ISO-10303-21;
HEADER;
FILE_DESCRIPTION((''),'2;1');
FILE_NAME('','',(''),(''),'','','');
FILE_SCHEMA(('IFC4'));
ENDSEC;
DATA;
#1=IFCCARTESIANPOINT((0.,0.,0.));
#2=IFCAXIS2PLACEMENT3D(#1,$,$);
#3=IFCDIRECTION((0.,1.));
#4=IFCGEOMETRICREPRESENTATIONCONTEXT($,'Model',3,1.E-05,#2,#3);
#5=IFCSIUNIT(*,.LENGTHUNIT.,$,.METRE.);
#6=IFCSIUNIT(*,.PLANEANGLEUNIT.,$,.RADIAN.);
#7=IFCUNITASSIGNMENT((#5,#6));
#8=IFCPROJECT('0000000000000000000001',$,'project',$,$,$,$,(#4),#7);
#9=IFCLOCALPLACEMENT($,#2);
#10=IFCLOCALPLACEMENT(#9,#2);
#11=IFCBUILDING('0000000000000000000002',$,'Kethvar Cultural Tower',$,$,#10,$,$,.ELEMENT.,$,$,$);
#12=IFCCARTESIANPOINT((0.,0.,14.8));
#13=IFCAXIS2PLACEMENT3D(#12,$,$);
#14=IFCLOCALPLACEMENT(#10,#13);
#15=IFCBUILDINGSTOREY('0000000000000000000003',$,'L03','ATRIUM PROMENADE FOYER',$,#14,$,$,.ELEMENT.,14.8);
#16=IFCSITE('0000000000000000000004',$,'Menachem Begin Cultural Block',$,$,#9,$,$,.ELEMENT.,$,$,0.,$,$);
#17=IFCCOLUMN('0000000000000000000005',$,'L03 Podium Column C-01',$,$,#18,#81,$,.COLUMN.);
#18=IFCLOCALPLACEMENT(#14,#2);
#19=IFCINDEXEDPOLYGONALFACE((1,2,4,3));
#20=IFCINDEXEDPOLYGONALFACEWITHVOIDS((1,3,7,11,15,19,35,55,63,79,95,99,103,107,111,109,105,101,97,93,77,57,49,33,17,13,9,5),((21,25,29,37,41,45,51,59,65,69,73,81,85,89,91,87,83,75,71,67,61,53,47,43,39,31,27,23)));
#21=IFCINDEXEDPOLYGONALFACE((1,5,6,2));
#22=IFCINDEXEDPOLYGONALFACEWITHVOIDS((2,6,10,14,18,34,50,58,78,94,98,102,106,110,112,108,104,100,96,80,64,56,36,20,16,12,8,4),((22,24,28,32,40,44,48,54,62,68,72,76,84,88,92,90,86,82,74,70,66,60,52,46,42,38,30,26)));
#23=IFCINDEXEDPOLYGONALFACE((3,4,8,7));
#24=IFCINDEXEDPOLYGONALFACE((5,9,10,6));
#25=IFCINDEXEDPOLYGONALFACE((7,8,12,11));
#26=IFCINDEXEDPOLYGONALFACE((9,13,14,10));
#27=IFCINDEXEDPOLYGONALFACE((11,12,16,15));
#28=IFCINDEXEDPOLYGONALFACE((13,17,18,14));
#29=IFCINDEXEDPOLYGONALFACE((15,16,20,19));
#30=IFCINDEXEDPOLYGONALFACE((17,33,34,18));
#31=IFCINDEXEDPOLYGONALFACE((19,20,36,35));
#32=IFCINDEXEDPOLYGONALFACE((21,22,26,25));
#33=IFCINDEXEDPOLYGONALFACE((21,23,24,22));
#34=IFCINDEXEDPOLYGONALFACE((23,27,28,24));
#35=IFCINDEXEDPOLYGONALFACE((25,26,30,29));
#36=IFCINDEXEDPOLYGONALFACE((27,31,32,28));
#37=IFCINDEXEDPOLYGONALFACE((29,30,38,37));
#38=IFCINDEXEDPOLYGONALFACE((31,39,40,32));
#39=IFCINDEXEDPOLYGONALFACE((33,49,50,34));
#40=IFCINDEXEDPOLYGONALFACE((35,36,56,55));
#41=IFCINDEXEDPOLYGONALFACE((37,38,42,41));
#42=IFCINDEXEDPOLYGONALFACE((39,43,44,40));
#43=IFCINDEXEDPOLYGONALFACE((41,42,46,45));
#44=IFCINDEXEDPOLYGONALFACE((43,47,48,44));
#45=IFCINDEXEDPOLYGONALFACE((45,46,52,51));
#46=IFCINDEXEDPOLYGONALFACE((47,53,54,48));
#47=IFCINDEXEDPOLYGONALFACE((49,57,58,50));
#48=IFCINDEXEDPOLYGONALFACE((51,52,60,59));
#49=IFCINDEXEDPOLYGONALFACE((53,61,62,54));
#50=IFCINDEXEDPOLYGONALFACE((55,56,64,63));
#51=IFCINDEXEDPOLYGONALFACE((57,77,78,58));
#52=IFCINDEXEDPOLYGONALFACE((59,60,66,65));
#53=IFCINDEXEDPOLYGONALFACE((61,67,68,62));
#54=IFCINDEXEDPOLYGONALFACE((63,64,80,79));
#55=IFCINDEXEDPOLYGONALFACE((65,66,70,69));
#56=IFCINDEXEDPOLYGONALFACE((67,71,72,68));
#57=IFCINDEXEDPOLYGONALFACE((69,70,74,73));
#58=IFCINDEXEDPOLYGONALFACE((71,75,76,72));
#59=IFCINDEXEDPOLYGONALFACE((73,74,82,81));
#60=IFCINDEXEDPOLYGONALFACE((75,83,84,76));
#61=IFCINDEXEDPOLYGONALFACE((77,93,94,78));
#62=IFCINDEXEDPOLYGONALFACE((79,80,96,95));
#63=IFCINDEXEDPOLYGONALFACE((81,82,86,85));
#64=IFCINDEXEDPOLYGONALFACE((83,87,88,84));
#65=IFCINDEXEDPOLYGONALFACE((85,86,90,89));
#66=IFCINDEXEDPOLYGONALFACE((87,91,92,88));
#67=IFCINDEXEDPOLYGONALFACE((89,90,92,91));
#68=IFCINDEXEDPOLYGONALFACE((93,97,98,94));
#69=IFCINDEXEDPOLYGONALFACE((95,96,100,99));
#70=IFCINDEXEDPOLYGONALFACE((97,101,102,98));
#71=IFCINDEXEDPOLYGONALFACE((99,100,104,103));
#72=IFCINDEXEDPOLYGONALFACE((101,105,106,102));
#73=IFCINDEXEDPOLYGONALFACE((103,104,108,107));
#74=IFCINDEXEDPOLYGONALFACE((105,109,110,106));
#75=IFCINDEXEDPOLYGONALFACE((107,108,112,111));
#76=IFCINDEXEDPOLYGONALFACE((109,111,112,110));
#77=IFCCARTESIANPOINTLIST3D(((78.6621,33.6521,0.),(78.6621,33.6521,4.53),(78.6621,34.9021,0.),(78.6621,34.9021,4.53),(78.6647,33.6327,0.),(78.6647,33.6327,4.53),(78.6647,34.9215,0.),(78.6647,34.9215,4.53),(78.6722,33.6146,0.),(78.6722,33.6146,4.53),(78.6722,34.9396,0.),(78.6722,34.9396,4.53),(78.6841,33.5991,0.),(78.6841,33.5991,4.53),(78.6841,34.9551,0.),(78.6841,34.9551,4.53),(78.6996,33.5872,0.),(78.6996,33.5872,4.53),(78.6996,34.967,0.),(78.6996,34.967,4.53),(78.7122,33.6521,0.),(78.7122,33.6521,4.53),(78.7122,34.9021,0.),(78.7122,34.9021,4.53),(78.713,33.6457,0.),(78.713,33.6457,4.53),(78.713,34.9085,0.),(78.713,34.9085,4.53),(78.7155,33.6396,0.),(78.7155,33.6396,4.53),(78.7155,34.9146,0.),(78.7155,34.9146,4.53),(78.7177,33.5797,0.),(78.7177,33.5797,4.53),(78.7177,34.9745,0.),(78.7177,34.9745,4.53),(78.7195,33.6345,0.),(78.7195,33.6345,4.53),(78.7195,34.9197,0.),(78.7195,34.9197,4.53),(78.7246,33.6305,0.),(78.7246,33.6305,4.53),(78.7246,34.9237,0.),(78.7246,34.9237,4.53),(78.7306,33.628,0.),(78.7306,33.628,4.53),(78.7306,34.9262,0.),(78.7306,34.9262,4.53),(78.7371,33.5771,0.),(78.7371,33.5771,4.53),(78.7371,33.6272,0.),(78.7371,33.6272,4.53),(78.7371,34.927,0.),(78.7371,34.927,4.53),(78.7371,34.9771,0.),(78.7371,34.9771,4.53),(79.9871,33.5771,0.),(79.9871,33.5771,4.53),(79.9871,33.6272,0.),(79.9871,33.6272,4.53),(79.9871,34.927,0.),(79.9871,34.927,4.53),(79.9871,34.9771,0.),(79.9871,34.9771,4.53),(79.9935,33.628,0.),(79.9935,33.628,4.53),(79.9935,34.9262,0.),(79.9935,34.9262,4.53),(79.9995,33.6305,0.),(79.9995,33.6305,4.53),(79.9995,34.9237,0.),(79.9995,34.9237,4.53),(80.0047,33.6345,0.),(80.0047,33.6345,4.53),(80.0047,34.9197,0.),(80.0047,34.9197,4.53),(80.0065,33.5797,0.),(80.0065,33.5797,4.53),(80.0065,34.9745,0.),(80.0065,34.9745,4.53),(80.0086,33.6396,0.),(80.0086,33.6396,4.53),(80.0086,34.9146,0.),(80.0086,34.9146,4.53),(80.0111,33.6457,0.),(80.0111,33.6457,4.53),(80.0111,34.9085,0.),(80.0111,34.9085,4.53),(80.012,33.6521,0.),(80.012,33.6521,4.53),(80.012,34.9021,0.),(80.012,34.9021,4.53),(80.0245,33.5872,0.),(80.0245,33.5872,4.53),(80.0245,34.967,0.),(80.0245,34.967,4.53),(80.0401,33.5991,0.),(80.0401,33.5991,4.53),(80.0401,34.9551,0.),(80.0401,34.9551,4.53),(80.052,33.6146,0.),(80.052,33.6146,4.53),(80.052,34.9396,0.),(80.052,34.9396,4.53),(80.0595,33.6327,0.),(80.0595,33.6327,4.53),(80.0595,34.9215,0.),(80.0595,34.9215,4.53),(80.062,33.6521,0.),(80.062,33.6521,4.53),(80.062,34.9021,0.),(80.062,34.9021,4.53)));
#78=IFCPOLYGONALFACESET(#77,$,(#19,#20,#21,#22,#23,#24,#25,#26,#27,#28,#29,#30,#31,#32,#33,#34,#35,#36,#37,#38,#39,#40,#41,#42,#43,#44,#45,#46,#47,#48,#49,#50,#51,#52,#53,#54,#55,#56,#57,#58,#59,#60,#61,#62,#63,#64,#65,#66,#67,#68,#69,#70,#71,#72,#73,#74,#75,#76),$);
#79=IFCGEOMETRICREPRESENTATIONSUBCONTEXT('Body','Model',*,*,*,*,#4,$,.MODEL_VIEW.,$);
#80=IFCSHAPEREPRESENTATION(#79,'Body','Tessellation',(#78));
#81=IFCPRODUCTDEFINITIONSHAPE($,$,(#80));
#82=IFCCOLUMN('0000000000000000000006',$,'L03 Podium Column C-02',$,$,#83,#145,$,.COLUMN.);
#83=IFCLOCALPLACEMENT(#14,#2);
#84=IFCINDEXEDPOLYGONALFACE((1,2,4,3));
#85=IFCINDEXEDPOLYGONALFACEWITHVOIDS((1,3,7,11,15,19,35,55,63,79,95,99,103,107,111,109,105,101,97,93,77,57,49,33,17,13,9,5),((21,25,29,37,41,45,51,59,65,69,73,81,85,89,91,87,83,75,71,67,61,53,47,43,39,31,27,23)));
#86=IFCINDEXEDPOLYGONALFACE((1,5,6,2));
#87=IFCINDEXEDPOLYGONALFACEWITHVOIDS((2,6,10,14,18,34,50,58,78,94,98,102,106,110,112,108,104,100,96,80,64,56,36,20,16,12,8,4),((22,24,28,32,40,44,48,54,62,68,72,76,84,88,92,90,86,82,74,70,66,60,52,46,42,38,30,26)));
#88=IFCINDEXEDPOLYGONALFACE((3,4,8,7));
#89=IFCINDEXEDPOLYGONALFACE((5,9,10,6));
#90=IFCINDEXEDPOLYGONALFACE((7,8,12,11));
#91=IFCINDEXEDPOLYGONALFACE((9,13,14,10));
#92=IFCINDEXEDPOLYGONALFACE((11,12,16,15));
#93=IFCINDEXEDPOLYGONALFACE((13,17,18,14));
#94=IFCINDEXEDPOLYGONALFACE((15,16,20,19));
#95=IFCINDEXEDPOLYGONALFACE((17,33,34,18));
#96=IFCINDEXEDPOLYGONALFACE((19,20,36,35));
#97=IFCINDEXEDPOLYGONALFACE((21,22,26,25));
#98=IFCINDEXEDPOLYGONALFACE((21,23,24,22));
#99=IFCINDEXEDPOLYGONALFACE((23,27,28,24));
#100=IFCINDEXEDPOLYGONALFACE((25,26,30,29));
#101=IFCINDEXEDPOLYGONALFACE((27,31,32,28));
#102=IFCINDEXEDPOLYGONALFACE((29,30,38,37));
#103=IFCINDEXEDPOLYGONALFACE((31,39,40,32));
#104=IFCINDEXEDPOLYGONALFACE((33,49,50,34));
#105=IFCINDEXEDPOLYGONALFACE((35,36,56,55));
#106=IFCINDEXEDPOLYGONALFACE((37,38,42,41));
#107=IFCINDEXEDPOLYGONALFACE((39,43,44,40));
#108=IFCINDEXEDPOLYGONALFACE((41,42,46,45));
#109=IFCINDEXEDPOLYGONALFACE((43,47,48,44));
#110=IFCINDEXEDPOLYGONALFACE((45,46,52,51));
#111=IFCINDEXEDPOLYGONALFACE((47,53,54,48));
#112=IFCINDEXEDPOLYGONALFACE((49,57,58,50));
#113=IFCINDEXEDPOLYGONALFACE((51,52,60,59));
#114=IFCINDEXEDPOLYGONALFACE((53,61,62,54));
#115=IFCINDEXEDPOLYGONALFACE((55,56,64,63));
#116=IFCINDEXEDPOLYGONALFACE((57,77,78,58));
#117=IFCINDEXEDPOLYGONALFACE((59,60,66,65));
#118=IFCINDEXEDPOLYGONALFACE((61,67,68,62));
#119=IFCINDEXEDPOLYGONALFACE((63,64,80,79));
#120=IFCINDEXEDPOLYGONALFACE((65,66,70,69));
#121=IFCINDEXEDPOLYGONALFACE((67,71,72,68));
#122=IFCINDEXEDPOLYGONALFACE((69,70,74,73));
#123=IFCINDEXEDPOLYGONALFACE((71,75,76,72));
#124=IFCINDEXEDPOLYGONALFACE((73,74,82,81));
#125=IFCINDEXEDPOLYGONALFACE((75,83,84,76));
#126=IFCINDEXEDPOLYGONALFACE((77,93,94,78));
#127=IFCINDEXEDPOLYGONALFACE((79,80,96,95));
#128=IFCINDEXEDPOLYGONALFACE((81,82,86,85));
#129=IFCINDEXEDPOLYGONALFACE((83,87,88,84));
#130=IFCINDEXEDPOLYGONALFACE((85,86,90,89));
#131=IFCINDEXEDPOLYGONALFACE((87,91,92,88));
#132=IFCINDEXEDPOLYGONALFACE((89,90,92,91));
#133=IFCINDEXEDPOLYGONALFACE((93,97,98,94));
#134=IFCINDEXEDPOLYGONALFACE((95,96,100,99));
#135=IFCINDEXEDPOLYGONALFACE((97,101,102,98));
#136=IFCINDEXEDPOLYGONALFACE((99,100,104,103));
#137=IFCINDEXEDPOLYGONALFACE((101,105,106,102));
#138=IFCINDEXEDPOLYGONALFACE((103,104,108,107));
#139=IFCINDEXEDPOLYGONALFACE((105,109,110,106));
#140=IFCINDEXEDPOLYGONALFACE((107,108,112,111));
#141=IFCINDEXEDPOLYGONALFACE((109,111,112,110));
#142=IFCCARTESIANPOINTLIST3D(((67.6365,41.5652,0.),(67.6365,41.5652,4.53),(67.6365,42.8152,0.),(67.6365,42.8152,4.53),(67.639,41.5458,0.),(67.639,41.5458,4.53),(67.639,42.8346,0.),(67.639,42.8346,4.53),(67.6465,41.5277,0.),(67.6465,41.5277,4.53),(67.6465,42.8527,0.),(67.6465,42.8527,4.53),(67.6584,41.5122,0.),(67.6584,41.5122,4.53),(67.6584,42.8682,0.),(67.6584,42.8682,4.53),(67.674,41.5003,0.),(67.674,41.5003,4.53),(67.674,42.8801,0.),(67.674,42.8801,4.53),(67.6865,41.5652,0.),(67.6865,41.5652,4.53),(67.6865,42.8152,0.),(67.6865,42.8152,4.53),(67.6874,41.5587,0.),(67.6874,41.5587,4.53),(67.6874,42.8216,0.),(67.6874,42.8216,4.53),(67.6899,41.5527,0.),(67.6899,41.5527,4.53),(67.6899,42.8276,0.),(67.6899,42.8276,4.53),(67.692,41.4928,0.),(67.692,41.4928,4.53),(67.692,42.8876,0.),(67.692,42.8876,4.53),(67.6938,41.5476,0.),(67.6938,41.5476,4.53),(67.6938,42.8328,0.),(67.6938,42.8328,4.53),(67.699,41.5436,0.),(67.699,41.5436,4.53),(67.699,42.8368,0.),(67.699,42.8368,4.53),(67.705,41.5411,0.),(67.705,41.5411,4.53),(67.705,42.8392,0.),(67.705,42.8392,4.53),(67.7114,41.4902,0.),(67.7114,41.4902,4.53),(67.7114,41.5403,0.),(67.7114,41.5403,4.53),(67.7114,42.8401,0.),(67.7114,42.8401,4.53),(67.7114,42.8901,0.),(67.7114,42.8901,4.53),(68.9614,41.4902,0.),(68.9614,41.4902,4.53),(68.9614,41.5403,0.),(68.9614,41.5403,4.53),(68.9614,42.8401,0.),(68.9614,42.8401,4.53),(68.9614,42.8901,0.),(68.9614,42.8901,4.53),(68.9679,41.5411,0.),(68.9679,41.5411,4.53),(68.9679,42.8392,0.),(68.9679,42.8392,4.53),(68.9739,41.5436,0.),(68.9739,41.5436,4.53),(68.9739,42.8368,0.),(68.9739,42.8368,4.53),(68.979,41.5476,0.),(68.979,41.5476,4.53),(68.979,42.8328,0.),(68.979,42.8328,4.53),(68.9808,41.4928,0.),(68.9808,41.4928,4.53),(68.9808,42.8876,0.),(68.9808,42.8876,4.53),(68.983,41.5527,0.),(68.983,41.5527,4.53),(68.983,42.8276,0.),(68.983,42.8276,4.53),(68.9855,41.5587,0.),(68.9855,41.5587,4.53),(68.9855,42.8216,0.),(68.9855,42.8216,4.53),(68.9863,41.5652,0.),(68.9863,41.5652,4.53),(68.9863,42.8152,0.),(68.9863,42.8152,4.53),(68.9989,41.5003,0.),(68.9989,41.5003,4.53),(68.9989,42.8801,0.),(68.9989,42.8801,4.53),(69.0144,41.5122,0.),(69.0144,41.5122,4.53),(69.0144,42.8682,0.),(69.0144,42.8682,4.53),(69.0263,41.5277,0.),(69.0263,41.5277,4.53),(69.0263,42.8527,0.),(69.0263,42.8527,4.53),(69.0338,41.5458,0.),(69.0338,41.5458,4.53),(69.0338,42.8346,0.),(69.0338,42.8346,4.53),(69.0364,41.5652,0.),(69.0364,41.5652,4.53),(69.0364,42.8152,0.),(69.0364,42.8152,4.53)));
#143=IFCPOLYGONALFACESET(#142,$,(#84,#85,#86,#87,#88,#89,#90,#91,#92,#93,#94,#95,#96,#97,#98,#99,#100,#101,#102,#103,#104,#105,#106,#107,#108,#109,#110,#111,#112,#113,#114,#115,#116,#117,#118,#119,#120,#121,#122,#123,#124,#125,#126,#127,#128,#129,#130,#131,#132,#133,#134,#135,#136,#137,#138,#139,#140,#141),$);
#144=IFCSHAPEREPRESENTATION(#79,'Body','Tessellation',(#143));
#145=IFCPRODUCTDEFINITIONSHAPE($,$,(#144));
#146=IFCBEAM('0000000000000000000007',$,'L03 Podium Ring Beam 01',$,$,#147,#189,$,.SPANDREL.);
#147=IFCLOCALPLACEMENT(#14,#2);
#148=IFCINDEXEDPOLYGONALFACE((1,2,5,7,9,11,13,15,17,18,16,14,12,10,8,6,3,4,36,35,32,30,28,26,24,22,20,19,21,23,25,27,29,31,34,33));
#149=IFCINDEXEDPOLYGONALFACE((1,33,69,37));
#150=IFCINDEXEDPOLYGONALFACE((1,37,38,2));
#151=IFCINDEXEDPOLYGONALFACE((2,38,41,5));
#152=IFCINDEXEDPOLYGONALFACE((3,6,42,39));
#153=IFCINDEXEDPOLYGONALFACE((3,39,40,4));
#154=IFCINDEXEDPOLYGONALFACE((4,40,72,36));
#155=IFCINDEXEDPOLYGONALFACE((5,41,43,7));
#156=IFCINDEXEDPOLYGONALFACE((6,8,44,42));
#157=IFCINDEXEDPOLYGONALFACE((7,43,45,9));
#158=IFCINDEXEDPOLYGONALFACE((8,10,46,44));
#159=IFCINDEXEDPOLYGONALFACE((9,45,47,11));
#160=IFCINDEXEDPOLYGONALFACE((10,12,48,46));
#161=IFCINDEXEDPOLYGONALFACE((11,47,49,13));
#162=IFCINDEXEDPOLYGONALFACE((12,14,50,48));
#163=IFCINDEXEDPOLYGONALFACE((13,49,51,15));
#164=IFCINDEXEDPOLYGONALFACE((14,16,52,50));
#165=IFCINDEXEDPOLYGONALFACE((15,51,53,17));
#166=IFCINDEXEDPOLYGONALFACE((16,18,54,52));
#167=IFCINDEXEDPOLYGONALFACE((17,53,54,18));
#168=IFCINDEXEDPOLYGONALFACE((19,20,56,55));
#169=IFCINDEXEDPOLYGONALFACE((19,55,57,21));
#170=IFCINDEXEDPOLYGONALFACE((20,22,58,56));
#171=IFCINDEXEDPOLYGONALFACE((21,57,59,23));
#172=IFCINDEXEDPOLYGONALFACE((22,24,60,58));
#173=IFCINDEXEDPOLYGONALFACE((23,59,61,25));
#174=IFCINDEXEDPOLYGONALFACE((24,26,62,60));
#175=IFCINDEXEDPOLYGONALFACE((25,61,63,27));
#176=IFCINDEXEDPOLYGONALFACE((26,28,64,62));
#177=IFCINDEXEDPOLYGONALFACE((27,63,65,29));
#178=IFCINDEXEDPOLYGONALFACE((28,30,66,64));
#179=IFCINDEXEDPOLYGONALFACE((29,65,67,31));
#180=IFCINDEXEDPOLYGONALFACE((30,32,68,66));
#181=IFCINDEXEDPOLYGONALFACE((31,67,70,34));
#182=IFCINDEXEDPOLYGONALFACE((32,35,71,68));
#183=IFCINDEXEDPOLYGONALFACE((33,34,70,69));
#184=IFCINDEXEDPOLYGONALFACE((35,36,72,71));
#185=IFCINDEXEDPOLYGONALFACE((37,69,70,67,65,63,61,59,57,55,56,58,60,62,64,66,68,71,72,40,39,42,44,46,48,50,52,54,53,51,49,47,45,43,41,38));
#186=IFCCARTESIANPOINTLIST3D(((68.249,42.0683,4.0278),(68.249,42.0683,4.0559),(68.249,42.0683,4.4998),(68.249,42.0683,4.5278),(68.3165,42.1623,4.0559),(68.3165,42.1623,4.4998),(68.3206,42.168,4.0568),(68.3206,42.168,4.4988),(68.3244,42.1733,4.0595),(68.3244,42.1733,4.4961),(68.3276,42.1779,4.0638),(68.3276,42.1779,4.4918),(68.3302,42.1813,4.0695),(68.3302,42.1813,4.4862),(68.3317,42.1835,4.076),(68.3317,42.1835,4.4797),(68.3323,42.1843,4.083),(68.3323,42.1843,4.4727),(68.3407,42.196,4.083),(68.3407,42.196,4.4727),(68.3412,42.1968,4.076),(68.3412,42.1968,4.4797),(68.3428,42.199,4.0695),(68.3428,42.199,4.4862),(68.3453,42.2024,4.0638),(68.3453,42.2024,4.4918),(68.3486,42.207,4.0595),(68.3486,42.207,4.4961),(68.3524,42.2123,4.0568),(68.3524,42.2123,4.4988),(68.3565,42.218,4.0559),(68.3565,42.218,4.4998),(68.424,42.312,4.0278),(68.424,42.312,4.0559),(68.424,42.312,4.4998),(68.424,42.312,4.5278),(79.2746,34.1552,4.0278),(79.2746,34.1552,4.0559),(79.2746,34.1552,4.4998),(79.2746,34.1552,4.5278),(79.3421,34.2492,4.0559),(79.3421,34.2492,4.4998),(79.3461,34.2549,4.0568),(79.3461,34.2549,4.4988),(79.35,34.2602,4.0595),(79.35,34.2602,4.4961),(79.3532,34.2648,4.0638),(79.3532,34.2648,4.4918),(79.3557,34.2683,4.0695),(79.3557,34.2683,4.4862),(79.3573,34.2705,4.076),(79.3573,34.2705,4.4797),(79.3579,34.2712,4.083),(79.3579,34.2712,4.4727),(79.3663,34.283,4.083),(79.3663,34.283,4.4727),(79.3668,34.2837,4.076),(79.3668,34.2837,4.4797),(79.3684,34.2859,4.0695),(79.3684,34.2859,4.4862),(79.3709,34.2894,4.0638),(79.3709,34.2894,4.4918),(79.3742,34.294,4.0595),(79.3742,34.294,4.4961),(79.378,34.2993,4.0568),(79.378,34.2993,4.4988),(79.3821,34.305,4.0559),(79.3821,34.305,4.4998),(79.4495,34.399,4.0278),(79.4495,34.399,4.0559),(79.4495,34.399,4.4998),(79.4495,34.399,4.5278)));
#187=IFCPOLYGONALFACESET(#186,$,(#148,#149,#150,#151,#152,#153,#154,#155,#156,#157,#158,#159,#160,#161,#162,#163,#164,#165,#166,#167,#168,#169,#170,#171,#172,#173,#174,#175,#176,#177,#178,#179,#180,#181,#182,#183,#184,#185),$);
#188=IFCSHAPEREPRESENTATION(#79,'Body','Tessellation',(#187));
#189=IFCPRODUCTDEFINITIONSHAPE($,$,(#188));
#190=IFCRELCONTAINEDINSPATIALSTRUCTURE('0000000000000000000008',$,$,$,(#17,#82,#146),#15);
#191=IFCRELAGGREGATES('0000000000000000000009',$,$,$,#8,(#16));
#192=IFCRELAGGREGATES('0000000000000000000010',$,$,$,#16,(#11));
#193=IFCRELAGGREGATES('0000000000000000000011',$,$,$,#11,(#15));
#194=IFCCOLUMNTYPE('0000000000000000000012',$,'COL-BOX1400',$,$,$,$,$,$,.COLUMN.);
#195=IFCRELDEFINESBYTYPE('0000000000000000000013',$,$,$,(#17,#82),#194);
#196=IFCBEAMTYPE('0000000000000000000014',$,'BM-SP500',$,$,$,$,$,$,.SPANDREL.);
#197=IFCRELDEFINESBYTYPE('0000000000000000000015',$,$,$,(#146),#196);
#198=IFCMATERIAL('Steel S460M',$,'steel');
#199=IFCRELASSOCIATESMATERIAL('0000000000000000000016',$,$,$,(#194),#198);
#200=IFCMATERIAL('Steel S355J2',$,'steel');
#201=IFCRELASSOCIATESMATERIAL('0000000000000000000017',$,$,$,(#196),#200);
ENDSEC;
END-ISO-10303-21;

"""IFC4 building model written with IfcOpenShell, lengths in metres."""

from ifc_helpers import new_model, si_unit, direction, frame, origin, origin_2d, place, context, subcontext, project, spatial, hollow_rectangle, i_section, extrude, source, transform, mapped, material, material_profile, profile_set, type_object, element, save


model = new_model("IFC4")

# Units and contexts
model_context = context("Model", 3, precision=1e-05, world=origin(), true_north=direction((0.0, 1.0)))
body_context = subcontext(model_context, "Body", "Model", "MODEL_VIEW")
ifc_project = project(units=[si_unit("LENGTHUNIT", "METRE"), si_unit("PLANEANGLEUNIT", "RADIAN")], contexts=[model_context])

# Site, building, storey
site_placement = place(None, origin())
site = spatial("IfcSite", under=ifc_project, at=site_placement, Name="Menachem Begin Cultural Block", CompositionType="ELEMENT", RefElevation=0.0)
building_placement = place(site_placement, origin())
building = spatial("IfcBuilding", under=site, at=building_placement, Name="Kethvar Cultural Tower", CompositionType="ELEMENT")
storey_placement = place(building_placement, frame((0.0, 0.0, 14.8)))
storey = spatial("IfcBuildingStorey", under=building, at=storey_placement, Name="L03", Description="ATRIUM PROMENADE FOYER", CompositionType="ELEMENT", Elevation=14.8)

# Columns
ifc_material_1 = material(Name="Steel S460M", Category="steel")
ifc_material_profile_1 = material_profile(ifc_material_1, hollow_rectangle(XDim=1.3999, YDim=1.3999, WallThickness=0.05, InnerFilletRadius=0.0249, OuterFilletRadius=0.075, at=origin_2d()), Name="Steel S460M — BOX1400x1400x50")
ifc_profile_set_1 = profile_set([ifc_material_profile_1], Name="Steel S460M — BOX1400x1400x50")
column_type = type_object("IfcColumnType", Name="COL-BOX1400", PredefinedType="COLUMN", material=ifc_profile_set_1)
shared_shape_1 = source(origin(), body_context, "Body", "SweptSolid", [
    extrude(hollow_rectangle(XDim=1.3999, YDim=1.3999, WallThickness=0.05, InnerFilletRadius=0.0249, OuterFilletRadius=0.075, at=origin_2d()), origin(), (0.0, 0.0, 1.0), 4.53),
])
for number, where, z_axis, x_axis, name in (
    (1, (79.3621, 34.2771, 0.0), (0.0, 0.0, 1.0), (1.0, 0.0, 0.0), "L03 Podium Column C-01"),
    (2, (68.3364, 42.1902, 0.0), (0.0, 0.0, 1.0), (1.0, 0.0, 0.0), "L03 Podium Column C-02"),
):
    element("IfcColumn", number, at=place(storey_placement, frame(where, z_axis=z_axis, x_axis=x_axis)), inside=storey, type_object=column_type, Name=name, PredefinedType="COLUMN", context=body_context, shape_type="MappedRepresentation", body=[
        mapped(shared_shape_1, transform((0.0, 0.0, 0.0), scale=1.0)),
    ])

# Beam
ifc_material_2 = material(Name="Steel S355J2", Category="steel")
ifc_material_profile_2 = material_profile(ifc_material_2, i_section(OverallWidth=0.3, OverallDepth=0.5, WebThickness=0.0144, FlangeThickness=0.0281, FilletRadius=0.0271, at=origin_2d()), Name="Steel S355J2 — HEB500")
ifc_profile_set_2 = profile_set([ifc_material_profile_2], Name="Steel S355J2 — HEB500")
beam_type = type_object("IfcBeamType", Name="BM-SP500", PredefinedType="SPANDREL", material=ifc_profile_set_2)
shared_shape_2 = source(origin(), body_context, "Body", "SweptSolid", [
    extrude(i_section(OverallWidth=0.3, OverallDepth=0.5, WebThickness=0.0144, FlangeThickness=0.0281, FilletRadius=0.0271, at=origin_2d()), origin(), (0.0, 0.0, 1.0), 13.5713),
])
beam_1_placement = place(storey_placement, frame((79.3621, 34.2771, 4.2778), z_axis=(-0.81242, 0.583073, 0.0), x_axis=(-0.583073, -0.81242, 0.0)))
element("IfcBeam", 3, at=beam_1_placement, inside=storey, type_object=beam_type, Name="L03 Podium Ring Beam 01", PredefinedType="SPANDREL", context=body_context, shape_type="MappedRepresentation", body=[
    mapped(shared_shape_2, transform((0.0, 0.0, 0.0), scale=1.0)),
])

save(model, "model.ifc")
